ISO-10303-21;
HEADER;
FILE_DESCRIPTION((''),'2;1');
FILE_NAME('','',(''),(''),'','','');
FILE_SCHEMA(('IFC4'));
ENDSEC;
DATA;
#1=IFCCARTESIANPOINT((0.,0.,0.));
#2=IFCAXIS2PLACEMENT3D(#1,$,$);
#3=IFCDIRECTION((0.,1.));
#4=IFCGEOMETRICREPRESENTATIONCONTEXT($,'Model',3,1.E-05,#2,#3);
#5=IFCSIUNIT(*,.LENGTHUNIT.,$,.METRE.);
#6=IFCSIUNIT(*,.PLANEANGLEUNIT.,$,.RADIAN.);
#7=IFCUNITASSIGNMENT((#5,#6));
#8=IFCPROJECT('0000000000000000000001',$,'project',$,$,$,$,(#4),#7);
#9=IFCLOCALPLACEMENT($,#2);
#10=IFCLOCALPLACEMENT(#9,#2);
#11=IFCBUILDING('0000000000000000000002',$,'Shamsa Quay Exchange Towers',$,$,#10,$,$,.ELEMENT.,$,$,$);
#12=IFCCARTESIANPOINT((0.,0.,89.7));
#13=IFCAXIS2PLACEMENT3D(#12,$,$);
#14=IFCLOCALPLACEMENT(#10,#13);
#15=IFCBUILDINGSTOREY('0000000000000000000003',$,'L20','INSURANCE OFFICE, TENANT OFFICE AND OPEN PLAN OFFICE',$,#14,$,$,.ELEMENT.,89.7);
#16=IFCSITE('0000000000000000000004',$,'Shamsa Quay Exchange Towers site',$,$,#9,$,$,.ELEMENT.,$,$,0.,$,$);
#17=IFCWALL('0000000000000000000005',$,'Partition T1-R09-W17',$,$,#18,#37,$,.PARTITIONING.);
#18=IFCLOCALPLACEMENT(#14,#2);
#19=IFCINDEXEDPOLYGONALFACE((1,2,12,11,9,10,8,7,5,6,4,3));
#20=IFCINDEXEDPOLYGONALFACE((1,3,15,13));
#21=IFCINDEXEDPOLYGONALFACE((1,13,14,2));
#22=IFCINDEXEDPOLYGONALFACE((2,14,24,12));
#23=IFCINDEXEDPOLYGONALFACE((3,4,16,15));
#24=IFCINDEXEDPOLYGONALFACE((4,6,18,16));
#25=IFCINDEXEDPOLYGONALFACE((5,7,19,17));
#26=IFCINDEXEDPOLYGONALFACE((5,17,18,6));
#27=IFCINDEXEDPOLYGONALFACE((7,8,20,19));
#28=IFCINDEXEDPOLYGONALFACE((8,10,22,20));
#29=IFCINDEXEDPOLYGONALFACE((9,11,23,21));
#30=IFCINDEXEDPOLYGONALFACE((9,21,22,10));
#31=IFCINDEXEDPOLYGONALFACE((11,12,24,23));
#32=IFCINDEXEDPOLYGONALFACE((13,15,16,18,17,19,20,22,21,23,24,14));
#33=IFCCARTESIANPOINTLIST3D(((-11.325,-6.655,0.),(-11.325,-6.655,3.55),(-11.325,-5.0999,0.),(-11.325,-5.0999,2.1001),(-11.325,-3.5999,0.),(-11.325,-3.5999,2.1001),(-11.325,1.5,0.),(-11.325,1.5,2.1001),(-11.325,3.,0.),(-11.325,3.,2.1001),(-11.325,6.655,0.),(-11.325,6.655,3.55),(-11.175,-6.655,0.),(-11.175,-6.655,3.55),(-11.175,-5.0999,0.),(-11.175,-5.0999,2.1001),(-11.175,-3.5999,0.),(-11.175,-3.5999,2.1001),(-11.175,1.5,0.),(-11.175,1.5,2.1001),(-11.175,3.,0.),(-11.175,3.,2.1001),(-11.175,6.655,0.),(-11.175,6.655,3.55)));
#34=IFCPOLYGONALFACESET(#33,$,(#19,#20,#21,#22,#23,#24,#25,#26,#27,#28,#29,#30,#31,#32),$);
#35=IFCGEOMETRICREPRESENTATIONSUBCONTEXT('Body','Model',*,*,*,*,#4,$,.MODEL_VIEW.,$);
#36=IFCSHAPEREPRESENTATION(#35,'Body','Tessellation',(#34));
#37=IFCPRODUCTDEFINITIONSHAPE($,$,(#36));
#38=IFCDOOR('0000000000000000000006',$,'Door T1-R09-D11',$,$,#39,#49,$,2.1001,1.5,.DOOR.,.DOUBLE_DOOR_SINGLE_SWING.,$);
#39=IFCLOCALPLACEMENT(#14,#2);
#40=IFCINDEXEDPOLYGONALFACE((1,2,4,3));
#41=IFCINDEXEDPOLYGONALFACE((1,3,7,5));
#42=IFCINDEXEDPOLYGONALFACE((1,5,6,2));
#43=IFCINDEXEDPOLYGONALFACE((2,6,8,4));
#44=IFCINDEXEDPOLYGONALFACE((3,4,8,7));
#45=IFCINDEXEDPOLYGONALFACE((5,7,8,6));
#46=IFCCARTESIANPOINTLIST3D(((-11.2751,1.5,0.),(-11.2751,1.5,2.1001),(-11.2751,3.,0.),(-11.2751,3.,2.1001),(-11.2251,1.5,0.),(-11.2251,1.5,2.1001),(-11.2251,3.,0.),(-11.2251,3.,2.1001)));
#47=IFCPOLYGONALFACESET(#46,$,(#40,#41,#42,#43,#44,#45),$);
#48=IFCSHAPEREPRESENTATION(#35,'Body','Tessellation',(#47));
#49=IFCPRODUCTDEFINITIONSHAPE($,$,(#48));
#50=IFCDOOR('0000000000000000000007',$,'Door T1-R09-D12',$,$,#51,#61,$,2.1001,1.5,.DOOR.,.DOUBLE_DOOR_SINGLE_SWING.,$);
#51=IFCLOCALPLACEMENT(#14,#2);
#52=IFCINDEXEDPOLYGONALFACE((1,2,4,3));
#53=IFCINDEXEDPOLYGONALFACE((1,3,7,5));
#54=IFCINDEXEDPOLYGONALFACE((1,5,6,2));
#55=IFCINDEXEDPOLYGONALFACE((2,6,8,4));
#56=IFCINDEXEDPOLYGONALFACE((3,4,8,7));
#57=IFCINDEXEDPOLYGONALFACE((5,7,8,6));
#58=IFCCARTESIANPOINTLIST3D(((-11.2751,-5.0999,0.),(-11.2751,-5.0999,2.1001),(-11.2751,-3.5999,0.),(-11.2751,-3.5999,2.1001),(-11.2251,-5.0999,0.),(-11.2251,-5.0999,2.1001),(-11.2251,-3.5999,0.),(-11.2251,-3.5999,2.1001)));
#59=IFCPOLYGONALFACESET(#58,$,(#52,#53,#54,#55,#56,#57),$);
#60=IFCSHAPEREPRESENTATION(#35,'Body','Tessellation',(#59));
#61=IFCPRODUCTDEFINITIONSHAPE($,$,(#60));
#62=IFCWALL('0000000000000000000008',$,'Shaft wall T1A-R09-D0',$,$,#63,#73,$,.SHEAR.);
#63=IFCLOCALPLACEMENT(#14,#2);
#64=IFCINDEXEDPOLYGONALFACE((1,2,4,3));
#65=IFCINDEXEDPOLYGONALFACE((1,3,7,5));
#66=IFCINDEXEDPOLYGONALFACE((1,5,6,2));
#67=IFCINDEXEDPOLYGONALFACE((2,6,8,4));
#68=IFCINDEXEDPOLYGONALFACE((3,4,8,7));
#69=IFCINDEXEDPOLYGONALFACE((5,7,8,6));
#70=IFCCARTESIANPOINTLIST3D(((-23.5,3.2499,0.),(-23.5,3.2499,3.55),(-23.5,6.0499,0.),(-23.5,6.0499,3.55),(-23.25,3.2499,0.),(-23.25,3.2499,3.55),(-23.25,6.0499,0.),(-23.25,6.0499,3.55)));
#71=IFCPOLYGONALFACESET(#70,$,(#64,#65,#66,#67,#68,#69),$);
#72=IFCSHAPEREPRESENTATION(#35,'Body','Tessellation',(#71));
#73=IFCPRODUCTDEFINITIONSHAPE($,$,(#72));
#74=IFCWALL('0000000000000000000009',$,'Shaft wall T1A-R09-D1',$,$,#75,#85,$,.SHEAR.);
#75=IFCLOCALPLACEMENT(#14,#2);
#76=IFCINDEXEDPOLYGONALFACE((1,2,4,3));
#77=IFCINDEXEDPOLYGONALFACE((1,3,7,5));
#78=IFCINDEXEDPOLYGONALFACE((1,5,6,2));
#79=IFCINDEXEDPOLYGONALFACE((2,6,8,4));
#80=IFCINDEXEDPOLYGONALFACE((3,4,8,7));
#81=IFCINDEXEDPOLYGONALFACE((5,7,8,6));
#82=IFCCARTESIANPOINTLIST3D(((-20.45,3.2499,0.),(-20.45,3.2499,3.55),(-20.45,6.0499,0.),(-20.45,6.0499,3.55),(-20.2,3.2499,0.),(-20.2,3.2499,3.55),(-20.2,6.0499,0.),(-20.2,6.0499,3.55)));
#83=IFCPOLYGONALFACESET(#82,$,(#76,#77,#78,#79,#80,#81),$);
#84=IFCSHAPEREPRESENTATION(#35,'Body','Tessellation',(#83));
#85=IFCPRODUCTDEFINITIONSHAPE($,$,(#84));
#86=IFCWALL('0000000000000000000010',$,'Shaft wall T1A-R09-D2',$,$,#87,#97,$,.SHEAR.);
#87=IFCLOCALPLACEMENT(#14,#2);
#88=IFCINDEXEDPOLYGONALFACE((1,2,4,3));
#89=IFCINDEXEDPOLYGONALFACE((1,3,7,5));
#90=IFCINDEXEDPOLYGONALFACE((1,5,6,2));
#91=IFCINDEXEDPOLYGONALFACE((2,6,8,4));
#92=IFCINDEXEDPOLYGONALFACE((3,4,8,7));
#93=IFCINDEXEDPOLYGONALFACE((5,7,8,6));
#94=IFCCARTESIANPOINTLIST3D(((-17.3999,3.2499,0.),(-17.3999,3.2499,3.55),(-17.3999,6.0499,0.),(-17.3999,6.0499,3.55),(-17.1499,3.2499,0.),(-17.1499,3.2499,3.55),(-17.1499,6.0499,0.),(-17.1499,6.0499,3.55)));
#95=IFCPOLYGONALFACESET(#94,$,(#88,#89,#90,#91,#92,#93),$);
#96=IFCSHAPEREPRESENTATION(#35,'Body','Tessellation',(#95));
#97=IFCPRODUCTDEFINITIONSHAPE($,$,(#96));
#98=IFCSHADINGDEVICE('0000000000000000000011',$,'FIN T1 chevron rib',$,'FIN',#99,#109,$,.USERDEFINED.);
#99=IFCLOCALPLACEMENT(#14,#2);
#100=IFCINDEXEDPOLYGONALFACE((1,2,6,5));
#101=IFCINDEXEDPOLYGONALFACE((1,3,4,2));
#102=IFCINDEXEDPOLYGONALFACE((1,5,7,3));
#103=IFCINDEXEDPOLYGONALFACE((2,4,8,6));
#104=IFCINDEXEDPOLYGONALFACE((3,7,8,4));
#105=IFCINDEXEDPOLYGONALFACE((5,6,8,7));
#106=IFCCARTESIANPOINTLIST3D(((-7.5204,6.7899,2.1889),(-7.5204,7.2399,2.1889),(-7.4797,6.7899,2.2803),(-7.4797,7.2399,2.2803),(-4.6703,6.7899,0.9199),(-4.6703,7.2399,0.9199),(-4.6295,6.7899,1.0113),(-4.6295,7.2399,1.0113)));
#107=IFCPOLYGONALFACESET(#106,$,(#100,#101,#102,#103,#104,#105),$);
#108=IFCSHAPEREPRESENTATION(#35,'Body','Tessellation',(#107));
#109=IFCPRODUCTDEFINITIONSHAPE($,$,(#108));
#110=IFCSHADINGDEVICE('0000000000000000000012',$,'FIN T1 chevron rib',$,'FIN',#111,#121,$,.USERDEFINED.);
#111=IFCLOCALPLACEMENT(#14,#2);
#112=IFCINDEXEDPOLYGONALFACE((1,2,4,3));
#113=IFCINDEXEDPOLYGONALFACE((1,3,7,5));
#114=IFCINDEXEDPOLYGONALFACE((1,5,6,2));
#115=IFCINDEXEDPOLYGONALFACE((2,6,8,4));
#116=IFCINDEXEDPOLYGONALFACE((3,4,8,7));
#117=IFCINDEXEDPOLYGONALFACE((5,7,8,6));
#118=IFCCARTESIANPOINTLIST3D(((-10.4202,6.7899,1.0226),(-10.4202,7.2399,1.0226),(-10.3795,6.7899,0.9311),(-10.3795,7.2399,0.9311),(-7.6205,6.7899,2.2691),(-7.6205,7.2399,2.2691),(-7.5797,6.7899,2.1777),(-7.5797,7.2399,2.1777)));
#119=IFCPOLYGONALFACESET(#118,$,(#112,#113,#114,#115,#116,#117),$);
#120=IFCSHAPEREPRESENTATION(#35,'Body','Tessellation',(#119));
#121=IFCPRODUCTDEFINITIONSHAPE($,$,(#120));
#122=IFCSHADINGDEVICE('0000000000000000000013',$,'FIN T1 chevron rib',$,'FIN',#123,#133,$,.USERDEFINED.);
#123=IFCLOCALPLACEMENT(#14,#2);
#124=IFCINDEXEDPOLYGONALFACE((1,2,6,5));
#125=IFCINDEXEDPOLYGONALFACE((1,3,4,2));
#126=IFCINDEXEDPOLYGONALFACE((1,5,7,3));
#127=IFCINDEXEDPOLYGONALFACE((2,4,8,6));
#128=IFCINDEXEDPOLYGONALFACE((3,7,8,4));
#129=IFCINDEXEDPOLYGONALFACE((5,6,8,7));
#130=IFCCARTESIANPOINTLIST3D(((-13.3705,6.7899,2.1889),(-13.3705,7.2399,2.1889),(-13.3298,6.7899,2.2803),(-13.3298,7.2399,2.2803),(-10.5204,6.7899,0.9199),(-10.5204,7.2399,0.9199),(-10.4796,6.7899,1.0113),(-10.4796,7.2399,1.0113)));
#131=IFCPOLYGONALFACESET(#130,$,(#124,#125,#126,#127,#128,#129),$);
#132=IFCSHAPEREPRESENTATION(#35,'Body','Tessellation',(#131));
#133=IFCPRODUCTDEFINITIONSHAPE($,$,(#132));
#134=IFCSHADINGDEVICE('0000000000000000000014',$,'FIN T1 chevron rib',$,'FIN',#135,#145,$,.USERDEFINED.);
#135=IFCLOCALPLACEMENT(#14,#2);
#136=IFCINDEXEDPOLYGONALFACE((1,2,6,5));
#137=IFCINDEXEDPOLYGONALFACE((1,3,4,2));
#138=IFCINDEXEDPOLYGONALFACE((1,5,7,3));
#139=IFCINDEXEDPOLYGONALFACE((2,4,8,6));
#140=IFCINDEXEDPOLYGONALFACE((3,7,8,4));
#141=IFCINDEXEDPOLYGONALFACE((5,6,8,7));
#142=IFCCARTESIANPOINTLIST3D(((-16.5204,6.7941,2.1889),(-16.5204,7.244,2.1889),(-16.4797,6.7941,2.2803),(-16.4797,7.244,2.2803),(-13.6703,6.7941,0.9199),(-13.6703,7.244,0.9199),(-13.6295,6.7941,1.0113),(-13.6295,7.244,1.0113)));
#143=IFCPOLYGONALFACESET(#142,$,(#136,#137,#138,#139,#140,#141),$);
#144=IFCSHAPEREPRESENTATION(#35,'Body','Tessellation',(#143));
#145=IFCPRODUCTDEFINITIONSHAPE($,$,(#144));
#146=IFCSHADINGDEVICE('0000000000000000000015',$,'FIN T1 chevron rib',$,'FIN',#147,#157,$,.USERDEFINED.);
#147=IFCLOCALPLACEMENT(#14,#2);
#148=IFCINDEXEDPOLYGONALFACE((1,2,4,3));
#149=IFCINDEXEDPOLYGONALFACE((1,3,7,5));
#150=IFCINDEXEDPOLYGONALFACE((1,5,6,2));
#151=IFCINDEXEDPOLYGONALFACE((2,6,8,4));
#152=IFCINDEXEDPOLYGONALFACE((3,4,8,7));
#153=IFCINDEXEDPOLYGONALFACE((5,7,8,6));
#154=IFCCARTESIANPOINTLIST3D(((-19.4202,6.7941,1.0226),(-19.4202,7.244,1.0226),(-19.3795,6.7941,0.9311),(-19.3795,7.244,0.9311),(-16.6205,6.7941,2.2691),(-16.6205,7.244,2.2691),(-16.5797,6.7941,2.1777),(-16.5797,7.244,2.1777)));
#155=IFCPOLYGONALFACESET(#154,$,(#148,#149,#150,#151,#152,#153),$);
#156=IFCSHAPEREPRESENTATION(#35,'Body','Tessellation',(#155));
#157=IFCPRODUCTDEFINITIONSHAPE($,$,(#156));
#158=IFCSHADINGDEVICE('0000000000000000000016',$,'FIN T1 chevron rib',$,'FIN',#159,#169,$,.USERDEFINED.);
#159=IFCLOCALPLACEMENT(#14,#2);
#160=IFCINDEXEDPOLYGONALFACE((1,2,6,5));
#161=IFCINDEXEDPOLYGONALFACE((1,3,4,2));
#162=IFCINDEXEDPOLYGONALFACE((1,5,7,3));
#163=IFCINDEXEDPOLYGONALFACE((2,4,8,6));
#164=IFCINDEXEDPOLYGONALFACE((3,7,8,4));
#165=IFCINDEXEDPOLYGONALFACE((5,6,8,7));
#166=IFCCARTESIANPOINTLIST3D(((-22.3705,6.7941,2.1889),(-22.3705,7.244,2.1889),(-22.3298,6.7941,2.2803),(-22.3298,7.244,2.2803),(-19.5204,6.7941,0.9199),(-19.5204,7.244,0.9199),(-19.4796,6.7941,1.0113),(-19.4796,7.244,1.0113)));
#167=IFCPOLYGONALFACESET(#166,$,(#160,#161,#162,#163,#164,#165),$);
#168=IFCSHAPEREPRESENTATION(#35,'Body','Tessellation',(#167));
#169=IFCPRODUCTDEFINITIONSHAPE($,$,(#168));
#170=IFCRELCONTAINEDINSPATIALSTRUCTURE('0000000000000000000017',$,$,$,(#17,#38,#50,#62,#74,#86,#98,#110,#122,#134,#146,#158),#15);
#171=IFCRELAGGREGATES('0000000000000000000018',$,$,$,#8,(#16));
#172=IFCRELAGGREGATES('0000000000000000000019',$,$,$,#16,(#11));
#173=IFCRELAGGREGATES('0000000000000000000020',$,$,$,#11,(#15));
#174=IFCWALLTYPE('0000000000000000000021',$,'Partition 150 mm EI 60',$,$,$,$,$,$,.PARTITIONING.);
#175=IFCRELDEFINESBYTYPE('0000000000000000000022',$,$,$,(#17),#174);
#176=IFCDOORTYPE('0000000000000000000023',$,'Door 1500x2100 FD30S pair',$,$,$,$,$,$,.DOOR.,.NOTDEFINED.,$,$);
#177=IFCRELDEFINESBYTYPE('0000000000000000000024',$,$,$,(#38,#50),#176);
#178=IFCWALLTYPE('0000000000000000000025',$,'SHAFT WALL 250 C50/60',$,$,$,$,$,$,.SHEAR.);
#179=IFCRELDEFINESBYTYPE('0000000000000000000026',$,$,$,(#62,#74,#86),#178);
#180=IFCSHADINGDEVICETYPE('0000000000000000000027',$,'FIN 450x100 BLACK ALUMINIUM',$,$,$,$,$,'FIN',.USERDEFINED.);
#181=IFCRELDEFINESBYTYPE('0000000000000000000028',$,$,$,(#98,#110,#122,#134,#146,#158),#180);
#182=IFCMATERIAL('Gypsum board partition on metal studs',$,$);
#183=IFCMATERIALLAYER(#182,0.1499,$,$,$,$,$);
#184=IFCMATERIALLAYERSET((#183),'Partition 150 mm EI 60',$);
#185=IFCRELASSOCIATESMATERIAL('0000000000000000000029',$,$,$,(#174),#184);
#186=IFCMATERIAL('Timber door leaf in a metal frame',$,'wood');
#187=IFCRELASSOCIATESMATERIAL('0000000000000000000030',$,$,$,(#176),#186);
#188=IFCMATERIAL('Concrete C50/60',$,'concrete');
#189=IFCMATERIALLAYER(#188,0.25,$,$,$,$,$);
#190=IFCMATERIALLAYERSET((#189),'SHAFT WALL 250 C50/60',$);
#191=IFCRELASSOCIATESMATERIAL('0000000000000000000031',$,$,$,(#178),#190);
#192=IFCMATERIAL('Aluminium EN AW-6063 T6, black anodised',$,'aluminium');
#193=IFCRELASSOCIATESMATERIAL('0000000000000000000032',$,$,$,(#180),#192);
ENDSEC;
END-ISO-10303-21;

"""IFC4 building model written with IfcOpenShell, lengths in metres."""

from ifc_helpers import new_model, si_unit, direction, frame, frame_2d, origin, origin_2d, place, context, subcontext, project, spatial, rectangle, extrude, material, layer, layer_set, material_profile, profile_set, type_object, element, fill, save


model = new_model("IFC4")

# Units and contexts
model_context = context("Model", 3, precision=1e-05, world=origin(), true_north=direction((0.0, 1.0)))
body_context = subcontext(model_context, "Body", "Model", "MODEL_VIEW")
ifc_project = project(units=[si_unit("LENGTHUNIT", "METRE"), si_unit("PLANEANGLEUNIT", "RADIAN")], contexts=[model_context])

# Site, building, storey
site_placement = place(None, origin())
site = spatial("IfcSite", under=ifc_project, at=site_placement, Name="Shamsa Quay Exchange Towers site", CompositionType="ELEMENT", RefElevation=0.0)
building_placement = place(site_placement, origin())
building = spatial("IfcBuilding", under=site, at=building_placement, Name="Shamsa Quay Exchange Towers", CompositionType="ELEMENT")
storey_placement = place(building_placement, frame((0.0, 0.0, 89.7)))
storey = spatial("IfcBuildingStorey", under=building, at=storey_placement, Name="L20", Description="INSURANCE OFFICE, TENANT OFFICE AND OPEN PLAN OFFICE", CompositionType="ELEMENT", Elevation=89.7)

# Shared definitions
ifc_material_1 = material(Name="Aluminium EN AW-6063 T6, black anodised", Category="aluminium")

# Wall, openings, doors
ifc_material_2 = material(Name="Gypsum board partition on metal studs")
ifc_layer_1 = layer(ifc_material_2, 0.1499)
ifc_layer_set_1 = layer_set([ifc_layer_1], Name="Partition 150 mm EI 60")
wall_type_1 = type_object("IfcWallType", Name="Partition 150 mm EI 60", PredefinedType="PARTITIONING", material=ifc_layer_set_1)
wall_1_placement = place(storey_placement, frame((-11.25, 6.655, 0.0), z_axis=(0.0, 0.0, 1.0), x_axis=(0.0, -1.0, 0.0)))
wall_1 = element("IfcWall", 1, at=wall_1_placement, inside=storey, type_object=wall_type_1, Name="Partition T1-R09-W17", PredefinedType="PARTITIONING", context=body_context, shape_type="SweptSolid", body=[
    extrude(rectangle(XDim=13.3101, YDim=0.1499, at=frame_2d((6.655, 0.0))), origin(), (0.0, 0.0, 1.0), 3.55),
])
opening_1_placement = place(wall_1_placement, frame((3.655, 0.0, 0.0)))
opening_1 = element("IfcOpeningElement", 2, at=opening_1_placement, cuts=wall_1, PredefinedType="OPENING", context=body_context, shape_type="SweptSolid", body=[
    extrude(rectangle(XDim=1.5, YDim=2.1001, at=frame_2d((0.75, 1.05))), frame((0.0, 0.085, 0.0), z_axis=(0.0, -1.0, 0.0), x_axis=(1.0, 0.0, 0.0)), (0.0, 0.0, 1.0), 0.1699),
])
opening_2_placement = place(wall_1_placement, frame((10.2549, 0.0, 0.0)))
opening_2 = element("IfcOpeningElement", 3, at=opening_2_placement, cuts=wall_1, PredefinedType="OPENING", context=body_context, shape_type="SweptSolid", body=[
    extrude(rectangle(XDim=1.5, YDim=2.1001, at=frame_2d((0.75, 1.05))), frame((0.0, 0.085, 0.0), z_axis=(0.0, -1.0, 0.0), x_axis=(1.0, 0.0, 0.0)), (0.0, 0.0, 1.0), 0.1699),
])
ifc_material_3 = material(Name="Timber door leaf in a metal frame", Category="wood")
door_type_1 = type_object("IfcDoorType", Name="Door 1500x2100 FD30S pair", OperationType="NOTDEFINED", PredefinedType="DOOR", material=ifc_material_3)
door_1_placement = place(opening_1_placement, origin())
door_1 = element("IfcDoor", 4, at=door_1_placement, inside=storey, type_object=door_type_1, Name="Door T1-R09-D11", OperationType="DOUBLE_DOOR_SINGLE_SWING", OverallHeight=2.1001, OverallWidth=1.5, PredefinedType="DOOR", context=body_context, shape_type="SweptSolid", body=[
    extrude(rectangle(XDim=1.5, YDim=2.1001, at=frame_2d((0.75, 1.05))), frame((0.0, 0.0249, 0.0), z_axis=(0.0, -1.0, 0.0), x_axis=(1.0, 0.0, 0.0)), (0.0, 0.0, 1.0), 0.05),
])
fill(opening_1, door_1)
door_2_placement = place(opening_2_placement, origin())
door_2 = element("IfcDoor", 5, at=door_2_placement, inside=storey, type_object=door_type_1, Name="Door T1-R09-D12", OperationType="DOUBLE_DOOR_SINGLE_SWING", OverallHeight=2.1001, OverallWidth=1.5, PredefinedType="DOOR", context=body_context, shape_type="SweptSolid", body=[
    extrude(rectangle(XDim=1.5, YDim=2.1001, at=frame_2d((0.75, 1.05))), frame((0.0, 0.0249, 0.0), z_axis=(0.0, -1.0, 0.0), x_axis=(1.0, 0.0, 0.0)), (0.0, 0.0, 1.0), 0.05),
])
fill(opening_2, door_2)

# Walls
ifc_material_4 = material(Name="Concrete C50/60", Category="concrete")
ifc_layer_2 = layer(ifc_material_4, 0.25)
ifc_layer_set_2 = layer_set([ifc_layer_2], Name="SHAFT WALL 250 C50/60")
wall_type_2 = type_object("IfcWallType", Name="SHAFT WALL 250 C50/60", PredefinedType="SHEAR", material=ifc_layer_set_2)
for number, where, z_axis, x_axis, name in (
    (6, (-23.375, 3.25, 0.0), (0.0, 0.0, 1.0), (0.0, 1.0, 0.0), "Shaft wall T1A-R09-D0"),
    (7, (-20.325, 3.25, 0.0), (0.0, 0.0, 1.0), (0.0, 1.0, 0.0), "Shaft wall T1A-R09-D1"),
    (8, (-17.2749, 3.25, 0.0), (0.0, 0.0, 1.0), (0.0, 1.0, 0.0), "Shaft wall T1A-R09-D2"),
):
    element("IfcWall", number, at=place(storey_placement, frame(where, z_axis=z_axis, x_axis=x_axis)), inside=storey, type_object=wall_type_2, Name=name, PredefinedType="SHEAR", context=body_context, shape_type="SweptSolid", body=[
        extrude(rectangle(XDim=2.8, YDim=0.25, at=frame_2d((1.3999, 0.0))), origin(), (0.0, 0.0, 1.0), 3.55),
    ])

# Shading devices
ifc_material_profile_1 = material_profile(ifc_material_1, rectangle(XDim=0.45, YDim=0.1001, at=origin_2d()), Name="FIN450x100")
ifc_profile_set_1 = profile_set([ifc_material_profile_1], Name="Aluminium EN AW-6063 T6, black anodised")
shading_device_type = type_object("IfcShadingDeviceType", Name="FIN 450x100 BLACK ALUMINIUM", ElementType="FIN", PredefinedType="USERDEFINED", material=ifc_profile_set_1)
shading_device_1_placement = place(storey_placement, frame((-4.6499, 7.0149, 0.9656), z_axis=(-0.913534, 0.0, 0.406763), x_axis=(0.0, -1.0, 0.0)))
element("IfcShadingDevice", 9, at=shading_device_1_placement, inside=storey, type_object=shading_device_type, Name="FIN T1 chevron rib", ObjectType="FIN", PredefinedType="USERDEFINED", context=body_context, shape_type="SweptSolid", body=[
    extrude(rectangle(XDim=0.45, YDim=0.1001, at=origin_2d()), origin(), (0.0, 0.0, 1.0), 3.1199),
])
shading_device_2_placement = place(storey_placement, frame((-7.6001, 7.0149, 2.2234), z_axis=(-0.913542, 0.0, -0.406744), x_axis=(0.0, -1.0, 0.0)))
element("IfcShadingDevice", 10, at=shading_device_2_placement, inside=storey, type_object=shading_device_type, Name="FIN T1 chevron rib", ObjectType="FIN", PredefinedType="USERDEFINED", context=body_context, shape_type="SweptSolid", body=[
    extrude(rectangle(XDim=0.45, YDim=0.1001, at=origin_2d()), origin(), (0.0, 0.0, 1.0), 3.0647),
])
for number, where, z_axis, x_axis, name in (
    (11, (-10.5, 7.0149, 0.9656), (-0.913534, 0.0, 0.406763), (0.0, -1.0, 0.0), "FIN T1 chevron rib"),
    (12, (-13.6499, 7.019, 0.9656), (-0.913534, 0.0, 0.406763), (0.0, -1.0, 0.0), "FIN T1 chevron rib"),
):
    element("IfcShadingDevice", number, at=place(storey_placement, frame(where, z_axis=z_axis, x_axis=x_axis)), inside=storey, type_object=shading_device_type, Name=name, ObjectType="FIN", PredefinedType="USERDEFINED", context=body_context, shape_type="SweptSolid", body=[
        extrude(rectangle(XDim=0.45, YDim=0.1001, at=origin_2d()), origin(), (0.0, 0.0, 1.0), 3.1199),
    ])
shading_device_3_placement = place(storey_placement, frame((-16.6001, 7.019, 2.2234), z_axis=(-0.913542, 0.0, -0.406744), x_axis=(0.0, -1.0, 0.0)))
element("IfcShadingDevice", 13, at=shading_device_3_placement, inside=storey, type_object=shading_device_type, Name="FIN T1 chevron rib", ObjectType="FIN", PredefinedType="USERDEFINED", context=body_context, shape_type="SweptSolid", body=[
    extrude(rectangle(XDim=0.45, YDim=0.1001, at=origin_2d()), origin(), (0.0, 0.0, 1.0), 3.0647),
])
shading_device_4_placement = place(storey_placement, frame((-19.5, 7.019, 0.9656), z_axis=(-0.913534, 0.0, 0.406763), x_axis=(0.0, -1.0, 0.0)))
element("IfcShadingDevice", 14, at=shading_device_4_placement, inside=storey, type_object=shading_device_type, Name="FIN T1 chevron rib", ObjectType="FIN", PredefinedType="USERDEFINED", context=body_context, shape_type="SweptSolid", body=[
    extrude(rectangle(XDim=0.45, YDim=0.1001, at=origin_2d()), origin(), (0.0, 0.0, 1.0), 3.1199),
])

save(model, "model.ifc")
